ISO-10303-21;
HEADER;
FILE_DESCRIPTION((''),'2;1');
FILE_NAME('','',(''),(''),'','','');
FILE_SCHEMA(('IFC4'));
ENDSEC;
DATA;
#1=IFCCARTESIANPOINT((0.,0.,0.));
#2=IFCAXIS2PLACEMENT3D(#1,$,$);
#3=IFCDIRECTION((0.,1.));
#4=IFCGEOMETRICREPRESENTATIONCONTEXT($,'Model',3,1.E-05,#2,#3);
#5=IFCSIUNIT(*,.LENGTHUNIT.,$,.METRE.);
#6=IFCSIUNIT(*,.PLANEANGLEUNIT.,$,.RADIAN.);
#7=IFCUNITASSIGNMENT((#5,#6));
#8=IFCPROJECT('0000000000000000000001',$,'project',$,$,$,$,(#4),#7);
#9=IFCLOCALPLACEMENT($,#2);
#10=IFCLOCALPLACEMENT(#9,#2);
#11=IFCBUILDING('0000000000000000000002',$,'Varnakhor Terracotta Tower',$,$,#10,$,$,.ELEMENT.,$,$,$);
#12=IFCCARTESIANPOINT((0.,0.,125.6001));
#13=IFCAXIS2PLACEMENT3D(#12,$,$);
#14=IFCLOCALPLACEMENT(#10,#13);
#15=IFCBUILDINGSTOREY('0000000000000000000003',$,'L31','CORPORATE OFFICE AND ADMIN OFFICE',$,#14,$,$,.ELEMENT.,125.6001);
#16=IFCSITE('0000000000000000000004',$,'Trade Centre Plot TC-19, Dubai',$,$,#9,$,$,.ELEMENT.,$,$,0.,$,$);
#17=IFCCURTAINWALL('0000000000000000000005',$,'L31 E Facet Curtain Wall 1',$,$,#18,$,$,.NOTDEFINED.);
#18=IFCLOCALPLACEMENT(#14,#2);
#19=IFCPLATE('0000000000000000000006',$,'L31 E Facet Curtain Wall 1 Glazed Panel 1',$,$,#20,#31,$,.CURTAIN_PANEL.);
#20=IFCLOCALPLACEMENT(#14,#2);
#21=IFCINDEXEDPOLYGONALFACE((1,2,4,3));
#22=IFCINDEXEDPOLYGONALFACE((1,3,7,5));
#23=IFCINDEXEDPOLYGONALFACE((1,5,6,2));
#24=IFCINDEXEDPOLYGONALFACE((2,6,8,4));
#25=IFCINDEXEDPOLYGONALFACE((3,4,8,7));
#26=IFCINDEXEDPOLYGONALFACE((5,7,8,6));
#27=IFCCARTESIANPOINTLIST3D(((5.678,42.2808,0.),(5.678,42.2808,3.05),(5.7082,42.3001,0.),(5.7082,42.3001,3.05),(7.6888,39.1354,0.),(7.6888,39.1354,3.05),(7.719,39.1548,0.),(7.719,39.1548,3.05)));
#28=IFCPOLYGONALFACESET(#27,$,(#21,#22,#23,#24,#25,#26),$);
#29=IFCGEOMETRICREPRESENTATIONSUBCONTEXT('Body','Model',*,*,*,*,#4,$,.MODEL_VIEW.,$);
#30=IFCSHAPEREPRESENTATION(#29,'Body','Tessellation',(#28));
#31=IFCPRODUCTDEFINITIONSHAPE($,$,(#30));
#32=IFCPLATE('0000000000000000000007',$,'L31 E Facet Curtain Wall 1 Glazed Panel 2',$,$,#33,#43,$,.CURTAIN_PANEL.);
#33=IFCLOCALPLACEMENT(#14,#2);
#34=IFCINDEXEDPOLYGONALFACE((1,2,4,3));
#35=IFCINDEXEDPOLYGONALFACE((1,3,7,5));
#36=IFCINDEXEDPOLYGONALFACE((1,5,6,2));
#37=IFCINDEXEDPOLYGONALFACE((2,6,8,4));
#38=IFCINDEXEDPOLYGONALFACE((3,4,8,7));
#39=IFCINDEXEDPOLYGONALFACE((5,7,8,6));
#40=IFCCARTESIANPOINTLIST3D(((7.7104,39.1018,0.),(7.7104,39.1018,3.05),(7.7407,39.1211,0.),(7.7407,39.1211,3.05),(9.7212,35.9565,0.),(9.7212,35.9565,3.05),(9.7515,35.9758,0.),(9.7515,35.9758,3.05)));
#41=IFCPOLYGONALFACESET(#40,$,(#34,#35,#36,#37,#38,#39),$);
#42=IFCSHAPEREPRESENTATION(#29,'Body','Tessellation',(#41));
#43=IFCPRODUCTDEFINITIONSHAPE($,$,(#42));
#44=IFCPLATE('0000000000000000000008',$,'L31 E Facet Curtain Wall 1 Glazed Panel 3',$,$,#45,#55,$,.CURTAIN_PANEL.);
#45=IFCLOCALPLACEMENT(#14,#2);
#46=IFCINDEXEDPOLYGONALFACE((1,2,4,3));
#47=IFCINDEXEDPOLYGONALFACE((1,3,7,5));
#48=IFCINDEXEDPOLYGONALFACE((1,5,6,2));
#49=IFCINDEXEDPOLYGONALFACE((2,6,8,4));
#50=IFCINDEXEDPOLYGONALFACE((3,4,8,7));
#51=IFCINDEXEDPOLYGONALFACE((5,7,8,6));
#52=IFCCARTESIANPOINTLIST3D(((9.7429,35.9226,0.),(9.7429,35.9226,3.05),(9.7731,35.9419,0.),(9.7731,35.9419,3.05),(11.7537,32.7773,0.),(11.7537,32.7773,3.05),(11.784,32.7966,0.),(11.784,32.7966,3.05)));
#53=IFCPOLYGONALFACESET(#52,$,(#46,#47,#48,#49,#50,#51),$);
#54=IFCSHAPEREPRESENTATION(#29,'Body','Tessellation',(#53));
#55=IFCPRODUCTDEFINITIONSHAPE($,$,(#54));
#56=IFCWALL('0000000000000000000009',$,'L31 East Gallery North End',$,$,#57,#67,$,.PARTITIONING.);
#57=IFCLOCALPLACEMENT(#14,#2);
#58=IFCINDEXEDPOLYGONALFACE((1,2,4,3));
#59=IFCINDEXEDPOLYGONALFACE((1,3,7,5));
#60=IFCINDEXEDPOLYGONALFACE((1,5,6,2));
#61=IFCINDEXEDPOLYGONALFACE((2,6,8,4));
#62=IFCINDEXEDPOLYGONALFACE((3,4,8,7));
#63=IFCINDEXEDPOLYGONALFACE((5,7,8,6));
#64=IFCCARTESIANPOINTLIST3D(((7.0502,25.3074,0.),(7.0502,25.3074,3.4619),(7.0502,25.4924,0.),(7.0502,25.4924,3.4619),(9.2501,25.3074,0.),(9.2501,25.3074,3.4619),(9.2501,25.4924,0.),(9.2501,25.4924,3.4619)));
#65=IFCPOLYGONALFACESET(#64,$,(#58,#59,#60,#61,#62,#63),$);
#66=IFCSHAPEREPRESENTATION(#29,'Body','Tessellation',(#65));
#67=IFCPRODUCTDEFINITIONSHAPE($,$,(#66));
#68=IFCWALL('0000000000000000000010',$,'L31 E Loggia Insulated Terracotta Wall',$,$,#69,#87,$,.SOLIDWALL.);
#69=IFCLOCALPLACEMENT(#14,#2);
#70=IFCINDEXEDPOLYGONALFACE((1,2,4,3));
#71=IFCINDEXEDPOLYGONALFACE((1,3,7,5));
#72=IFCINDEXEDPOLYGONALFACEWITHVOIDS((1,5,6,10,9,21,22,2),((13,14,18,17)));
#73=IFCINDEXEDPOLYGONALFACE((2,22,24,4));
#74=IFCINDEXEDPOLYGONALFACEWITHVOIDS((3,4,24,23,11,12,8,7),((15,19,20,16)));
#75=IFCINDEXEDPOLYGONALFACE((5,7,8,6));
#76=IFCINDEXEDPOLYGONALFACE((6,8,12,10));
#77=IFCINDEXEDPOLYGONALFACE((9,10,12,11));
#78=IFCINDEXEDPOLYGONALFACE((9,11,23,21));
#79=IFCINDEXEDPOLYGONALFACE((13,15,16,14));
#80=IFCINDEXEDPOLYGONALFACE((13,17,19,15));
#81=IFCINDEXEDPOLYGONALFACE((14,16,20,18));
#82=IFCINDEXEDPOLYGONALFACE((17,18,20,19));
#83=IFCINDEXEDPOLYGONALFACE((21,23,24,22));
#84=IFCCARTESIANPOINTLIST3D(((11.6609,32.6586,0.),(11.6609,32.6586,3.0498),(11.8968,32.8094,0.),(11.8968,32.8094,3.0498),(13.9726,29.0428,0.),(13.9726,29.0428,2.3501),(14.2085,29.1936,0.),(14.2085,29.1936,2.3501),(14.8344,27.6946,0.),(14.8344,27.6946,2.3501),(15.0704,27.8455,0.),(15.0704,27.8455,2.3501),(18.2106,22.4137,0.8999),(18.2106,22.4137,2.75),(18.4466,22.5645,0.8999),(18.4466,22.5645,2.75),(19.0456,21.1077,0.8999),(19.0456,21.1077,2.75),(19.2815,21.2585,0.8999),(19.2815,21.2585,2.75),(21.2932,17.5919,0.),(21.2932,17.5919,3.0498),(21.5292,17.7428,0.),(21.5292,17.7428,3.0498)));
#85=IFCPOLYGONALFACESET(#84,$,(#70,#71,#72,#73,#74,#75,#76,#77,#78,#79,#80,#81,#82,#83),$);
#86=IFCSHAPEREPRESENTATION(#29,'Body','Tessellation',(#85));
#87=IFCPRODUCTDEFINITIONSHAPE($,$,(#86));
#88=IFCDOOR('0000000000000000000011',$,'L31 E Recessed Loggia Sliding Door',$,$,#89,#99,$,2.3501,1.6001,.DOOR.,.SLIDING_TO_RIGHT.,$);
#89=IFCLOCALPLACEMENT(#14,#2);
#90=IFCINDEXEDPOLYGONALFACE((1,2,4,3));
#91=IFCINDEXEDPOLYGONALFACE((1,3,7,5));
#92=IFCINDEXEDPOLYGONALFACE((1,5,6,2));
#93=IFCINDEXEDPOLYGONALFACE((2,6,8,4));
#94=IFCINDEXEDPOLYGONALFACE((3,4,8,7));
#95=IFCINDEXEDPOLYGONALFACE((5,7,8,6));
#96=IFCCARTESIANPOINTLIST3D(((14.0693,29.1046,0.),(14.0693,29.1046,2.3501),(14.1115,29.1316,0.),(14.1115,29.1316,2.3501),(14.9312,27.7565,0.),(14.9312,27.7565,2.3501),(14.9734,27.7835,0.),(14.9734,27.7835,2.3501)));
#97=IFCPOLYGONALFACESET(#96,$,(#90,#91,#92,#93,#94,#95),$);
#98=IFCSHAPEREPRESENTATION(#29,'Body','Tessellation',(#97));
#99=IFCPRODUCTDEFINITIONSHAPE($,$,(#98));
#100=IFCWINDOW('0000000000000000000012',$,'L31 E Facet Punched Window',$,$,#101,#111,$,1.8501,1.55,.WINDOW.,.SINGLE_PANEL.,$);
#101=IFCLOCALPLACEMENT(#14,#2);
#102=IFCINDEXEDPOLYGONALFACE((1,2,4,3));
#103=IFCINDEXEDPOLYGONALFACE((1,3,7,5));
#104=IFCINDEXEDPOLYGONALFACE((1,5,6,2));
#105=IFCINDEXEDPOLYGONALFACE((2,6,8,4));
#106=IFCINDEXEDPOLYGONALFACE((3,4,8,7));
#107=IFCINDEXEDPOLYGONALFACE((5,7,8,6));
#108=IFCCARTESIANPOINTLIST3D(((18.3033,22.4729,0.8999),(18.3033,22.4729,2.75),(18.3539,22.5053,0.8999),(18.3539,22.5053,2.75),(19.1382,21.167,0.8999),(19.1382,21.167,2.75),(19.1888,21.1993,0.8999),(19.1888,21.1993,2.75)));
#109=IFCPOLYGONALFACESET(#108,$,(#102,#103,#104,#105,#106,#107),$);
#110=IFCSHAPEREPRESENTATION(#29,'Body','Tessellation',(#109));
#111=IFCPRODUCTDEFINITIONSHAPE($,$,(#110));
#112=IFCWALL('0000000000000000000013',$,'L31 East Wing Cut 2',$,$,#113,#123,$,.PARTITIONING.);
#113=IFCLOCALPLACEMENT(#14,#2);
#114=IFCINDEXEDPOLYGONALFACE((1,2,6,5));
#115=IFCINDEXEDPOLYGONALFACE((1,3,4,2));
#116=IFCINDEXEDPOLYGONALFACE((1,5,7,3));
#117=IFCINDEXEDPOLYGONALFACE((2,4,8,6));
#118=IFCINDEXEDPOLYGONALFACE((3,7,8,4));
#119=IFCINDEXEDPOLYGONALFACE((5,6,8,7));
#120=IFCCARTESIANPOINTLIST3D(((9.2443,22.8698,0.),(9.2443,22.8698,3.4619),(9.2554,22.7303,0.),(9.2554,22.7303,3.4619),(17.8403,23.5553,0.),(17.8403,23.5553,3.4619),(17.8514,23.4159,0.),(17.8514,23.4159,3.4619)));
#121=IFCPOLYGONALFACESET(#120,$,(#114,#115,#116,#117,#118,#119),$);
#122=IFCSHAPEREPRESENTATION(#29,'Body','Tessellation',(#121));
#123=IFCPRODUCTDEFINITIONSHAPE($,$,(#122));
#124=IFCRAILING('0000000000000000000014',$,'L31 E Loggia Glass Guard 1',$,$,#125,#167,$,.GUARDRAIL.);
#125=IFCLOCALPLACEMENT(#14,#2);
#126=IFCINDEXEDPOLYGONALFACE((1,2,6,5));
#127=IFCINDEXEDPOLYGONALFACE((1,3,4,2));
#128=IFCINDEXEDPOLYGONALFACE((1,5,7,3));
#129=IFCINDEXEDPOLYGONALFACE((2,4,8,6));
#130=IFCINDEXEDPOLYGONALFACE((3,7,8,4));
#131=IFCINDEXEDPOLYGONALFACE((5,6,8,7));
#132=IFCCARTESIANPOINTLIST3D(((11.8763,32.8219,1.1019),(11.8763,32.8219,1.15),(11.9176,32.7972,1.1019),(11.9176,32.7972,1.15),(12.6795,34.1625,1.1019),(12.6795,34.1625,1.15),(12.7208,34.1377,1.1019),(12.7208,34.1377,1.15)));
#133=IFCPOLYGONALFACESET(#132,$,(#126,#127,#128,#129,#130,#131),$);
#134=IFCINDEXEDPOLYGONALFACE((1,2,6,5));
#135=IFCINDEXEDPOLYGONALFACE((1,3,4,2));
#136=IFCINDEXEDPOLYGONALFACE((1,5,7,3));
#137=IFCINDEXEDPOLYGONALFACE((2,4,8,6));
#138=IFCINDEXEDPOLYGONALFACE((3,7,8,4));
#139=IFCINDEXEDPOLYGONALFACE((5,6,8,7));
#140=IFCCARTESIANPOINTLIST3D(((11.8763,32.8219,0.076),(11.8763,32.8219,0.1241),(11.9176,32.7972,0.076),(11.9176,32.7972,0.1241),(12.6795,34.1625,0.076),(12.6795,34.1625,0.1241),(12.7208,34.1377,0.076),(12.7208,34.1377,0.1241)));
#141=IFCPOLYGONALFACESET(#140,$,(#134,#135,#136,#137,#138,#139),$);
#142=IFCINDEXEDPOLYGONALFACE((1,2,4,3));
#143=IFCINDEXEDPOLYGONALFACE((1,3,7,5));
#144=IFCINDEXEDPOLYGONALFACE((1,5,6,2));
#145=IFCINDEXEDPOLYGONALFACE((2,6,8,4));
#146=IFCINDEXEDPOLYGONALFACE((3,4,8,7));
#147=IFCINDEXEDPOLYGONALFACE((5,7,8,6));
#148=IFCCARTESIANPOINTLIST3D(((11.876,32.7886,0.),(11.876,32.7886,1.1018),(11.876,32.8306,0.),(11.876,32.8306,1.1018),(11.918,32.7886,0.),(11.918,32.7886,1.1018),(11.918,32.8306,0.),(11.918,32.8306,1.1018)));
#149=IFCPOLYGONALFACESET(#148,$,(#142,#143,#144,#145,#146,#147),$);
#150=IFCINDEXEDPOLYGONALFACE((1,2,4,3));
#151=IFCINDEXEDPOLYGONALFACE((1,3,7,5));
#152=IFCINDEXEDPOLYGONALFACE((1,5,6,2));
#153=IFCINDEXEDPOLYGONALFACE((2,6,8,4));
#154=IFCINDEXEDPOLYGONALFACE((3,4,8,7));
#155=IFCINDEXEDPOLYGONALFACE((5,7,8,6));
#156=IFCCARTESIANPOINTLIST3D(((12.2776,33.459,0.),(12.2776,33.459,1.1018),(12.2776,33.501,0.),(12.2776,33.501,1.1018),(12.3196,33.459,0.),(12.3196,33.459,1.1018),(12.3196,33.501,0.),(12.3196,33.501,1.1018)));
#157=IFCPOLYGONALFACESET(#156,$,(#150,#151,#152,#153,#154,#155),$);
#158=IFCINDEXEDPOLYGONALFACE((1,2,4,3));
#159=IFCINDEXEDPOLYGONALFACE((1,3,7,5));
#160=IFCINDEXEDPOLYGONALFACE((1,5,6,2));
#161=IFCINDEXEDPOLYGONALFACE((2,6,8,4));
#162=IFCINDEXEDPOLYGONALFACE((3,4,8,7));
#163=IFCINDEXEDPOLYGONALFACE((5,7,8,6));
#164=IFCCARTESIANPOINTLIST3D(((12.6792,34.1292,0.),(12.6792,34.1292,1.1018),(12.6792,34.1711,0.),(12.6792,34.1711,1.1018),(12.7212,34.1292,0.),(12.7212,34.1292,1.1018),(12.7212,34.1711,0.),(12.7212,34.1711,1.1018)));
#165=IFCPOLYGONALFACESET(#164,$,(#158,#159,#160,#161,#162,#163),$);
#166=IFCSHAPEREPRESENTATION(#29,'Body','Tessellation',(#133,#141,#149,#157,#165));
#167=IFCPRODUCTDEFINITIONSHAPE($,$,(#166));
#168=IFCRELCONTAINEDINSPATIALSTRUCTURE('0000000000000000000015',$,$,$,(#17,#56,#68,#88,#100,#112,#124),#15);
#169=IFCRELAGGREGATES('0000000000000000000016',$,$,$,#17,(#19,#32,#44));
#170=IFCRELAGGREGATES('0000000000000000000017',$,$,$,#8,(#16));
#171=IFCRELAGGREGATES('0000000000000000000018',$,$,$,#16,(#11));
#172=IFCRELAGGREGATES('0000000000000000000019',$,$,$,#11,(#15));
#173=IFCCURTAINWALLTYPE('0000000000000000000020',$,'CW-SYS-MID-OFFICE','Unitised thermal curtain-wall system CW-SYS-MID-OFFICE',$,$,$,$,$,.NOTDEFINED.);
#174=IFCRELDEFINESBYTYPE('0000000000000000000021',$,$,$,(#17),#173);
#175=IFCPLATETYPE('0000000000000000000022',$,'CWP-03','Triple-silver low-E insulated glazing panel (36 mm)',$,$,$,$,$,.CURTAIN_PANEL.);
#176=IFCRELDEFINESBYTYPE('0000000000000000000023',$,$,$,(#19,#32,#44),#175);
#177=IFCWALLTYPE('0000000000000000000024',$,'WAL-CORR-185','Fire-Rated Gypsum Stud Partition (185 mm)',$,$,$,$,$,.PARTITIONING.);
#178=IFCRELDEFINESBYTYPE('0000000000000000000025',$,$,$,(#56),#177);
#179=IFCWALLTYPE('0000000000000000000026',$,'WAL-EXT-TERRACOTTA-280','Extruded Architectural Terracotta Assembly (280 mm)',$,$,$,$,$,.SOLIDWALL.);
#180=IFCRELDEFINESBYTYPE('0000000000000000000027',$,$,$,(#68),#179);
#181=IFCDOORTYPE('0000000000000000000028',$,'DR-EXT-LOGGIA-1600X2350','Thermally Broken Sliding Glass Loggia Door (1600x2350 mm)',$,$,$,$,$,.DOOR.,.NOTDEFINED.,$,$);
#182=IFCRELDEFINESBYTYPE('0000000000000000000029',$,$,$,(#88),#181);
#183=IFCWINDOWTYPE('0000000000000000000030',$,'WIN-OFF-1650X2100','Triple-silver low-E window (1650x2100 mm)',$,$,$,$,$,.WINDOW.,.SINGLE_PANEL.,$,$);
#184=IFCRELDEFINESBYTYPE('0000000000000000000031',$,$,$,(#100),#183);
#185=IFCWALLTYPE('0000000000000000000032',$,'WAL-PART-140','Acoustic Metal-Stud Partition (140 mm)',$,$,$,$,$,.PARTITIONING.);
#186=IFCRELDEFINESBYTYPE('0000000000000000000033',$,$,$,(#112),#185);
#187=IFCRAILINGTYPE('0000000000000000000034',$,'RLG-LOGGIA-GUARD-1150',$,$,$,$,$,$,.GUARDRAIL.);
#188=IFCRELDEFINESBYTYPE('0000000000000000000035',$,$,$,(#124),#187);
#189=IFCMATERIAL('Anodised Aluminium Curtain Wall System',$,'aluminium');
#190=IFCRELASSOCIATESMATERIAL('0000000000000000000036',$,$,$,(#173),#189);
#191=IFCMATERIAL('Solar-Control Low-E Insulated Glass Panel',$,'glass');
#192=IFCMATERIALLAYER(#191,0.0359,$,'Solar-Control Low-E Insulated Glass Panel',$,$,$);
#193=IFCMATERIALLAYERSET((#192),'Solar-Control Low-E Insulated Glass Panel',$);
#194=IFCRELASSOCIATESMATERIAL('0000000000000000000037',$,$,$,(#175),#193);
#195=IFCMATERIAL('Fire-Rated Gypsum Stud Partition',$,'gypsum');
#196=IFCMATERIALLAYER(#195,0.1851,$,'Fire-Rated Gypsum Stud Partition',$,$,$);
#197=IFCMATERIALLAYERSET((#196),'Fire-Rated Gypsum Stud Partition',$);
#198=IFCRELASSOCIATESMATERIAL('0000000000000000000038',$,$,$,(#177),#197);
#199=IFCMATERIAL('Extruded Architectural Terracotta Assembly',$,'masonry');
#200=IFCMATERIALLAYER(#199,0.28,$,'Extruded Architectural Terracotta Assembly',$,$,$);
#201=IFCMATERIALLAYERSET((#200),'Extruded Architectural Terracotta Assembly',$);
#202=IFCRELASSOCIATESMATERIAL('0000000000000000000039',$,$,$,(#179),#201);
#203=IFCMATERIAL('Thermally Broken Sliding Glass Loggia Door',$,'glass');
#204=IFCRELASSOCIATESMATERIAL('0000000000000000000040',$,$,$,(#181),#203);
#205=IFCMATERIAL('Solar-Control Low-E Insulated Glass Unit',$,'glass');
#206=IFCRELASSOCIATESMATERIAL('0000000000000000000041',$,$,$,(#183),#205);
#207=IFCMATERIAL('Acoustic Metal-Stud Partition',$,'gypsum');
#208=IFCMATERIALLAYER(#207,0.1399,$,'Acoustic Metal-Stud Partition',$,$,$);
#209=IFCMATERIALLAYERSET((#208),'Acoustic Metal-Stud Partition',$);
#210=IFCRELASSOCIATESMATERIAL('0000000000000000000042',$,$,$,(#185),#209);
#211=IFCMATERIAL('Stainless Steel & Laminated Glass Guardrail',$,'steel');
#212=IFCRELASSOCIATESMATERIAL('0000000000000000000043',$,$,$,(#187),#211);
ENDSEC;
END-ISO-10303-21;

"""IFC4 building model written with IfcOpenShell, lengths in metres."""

from ifc_helpers import new_model, si_unit, direction, frame, frame_2d, origin, origin_2d, place, context, subcontext, project, spatial, rectangle, extrude, source, transform, mapped, material, layer, layer_set, type_object, type_shapes, element, fill, aggregate, save


model = new_model("IFC4")

# Units and contexts
model_context = context("Model", 3, precision=1e-05, world=origin(), true_north=direction((0.0, 1.0)))
body_context = subcontext(model_context, "Body", "Model", "MODEL_VIEW")
ifc_project = project(units=[si_unit("LENGTHUNIT", "METRE"), si_unit("PLANEANGLEUNIT", "RADIAN")], contexts=[model_context])

# Site, building, storey
site_placement = place(None, origin())
site = spatial("IfcSite", under=ifc_project, at=site_placement, Name="Trade Centre Plot TC-19, Dubai", CompositionType="ELEMENT", RefElevation=0.0)
building_placement = place(site_placement, origin())
building = spatial("IfcBuilding", under=site, at=building_placement, Name="Varnakhor Terracotta Tower", CompositionType="ELEMENT")
storey_placement = place(building_placement, frame((0.0, 0.0, 125.6001)))
storey = spatial("IfcBuildingStorey", under=building, at=storey_placement, Name="L31", Description="CORPORATE OFFICE AND ADMIN OFFICE", CompositionType="ELEMENT", Elevation=125.6001)

# Curtain wall
ifc_material_1 = material(Name="Anodised Aluminium Curtain Wall System", Category="aluminium")
curtain_wall_type = type_object("IfcCurtainWallType", Name="CW-SYS-MID-OFFICE", Description="Unitised thermal curtain-wall system CW-SYS-MID-OFFICE", PredefinedType="NOTDEFINED", material=ifc_material_1)
curtain_wall_1_placement = place(storey_placement, origin())
curtain_wall_1 = element("IfcCurtainWall", 1, at=curtain_wall_1_placement, inside=storey, type_object=curtain_wall_type, Name="L31 E Facet Curtain Wall 1", PredefinedType="NOTDEFINED")

# Plates
ifc_material_2 = material(Name="Solar-Control Low-E Insulated Glass Panel", Category="glass")
ifc_layer_1 = layer(ifc_material_2, 0.0359, Name="Solar-Control Low-E Insulated Glass Panel")
ifc_layer_set_1 = layer_set([ifc_layer_1], Name="Solar-Control Low-E Insulated Glass Panel")
plate_type = type_object("IfcPlateType", Name="CWP-03", Description="Triple-silver low-E insulated glazing panel (36 mm)", PredefinedType="CURTAIN_PANEL", material=ifc_layer_set_1)
shared_shape_1 = source(origin(), body_context, "Body", "SweptSolid", [
    extrude(rectangle(XDim=3.7332, YDim=0.0359, at=origin_2d()), origin(), (0.0, 0.0, 1.0), 3.05),
])
plate_1_placement = place(storey_placement, frame((6.6985, 40.7178, 0.0), z_axis=(0.0, 0.0, 1.0), x_axis=(0.538638, -0.842537, 0.0)))
plate_1 = element("IfcPlate", 2, at=plate_1_placement, type_object=plate_type, Name="L31 E Facet Curtain Wall 1 Glazed Panel 1", PredefinedType="CURTAIN_PANEL", context=body_context, shape_type="MappedRepresentation", body=[
    mapped(shared_shape_1, transform((0.0, 0.0, 0.0), scale=1.0)),
])
plate_2_placement = place(storey_placement, frame((8.731, 37.5388, 0.0), z_axis=(0.0, 0.0, 1.0), x_axis=(0.538638, -0.842537, 0.0)))
plate_2 = element("IfcPlate", 3, at=plate_2_placement, type_object=plate_type, Name="L31 E Facet Curtain Wall 1 Glazed Panel 2", PredefinedType="CURTAIN_PANEL", context=body_context, shape_type="MappedRepresentation", body=[
    mapped(shared_shape_1, transform((0.0, 0.0, 0.0), scale=1.0)),
])
plate_3_placement = place(storey_placement, frame((10.7634, 34.3596, 0.0), z_axis=(0.0, 0.0, 1.0), x_axis=(0.538638, -0.842537, 0.0)))
plate_3 = element("IfcPlate", 4, at=plate_3_placement, type_object=plate_type, Name="L31 E Facet Curtain Wall 1 Glazed Panel 3", PredefinedType="CURTAIN_PANEL", context=body_context, shape_type="MappedRepresentation", body=[
    mapped(shared_shape_1, transform((0.0, 0.0, 0.0), scale=1.0)),
])
aggregate(curtain_wall_1, [plate_1, plate_2, plate_3])

# Wall
ifc_material_3 = material(Name="Fire-Rated Gypsum Stud Partition", Category="gypsum")
ifc_layer_2 = layer(ifc_material_3, 0.1851, Name="Fire-Rated Gypsum Stud Partition")
ifc_layer_set_2 = layer_set([ifc_layer_2], Name="Fire-Rated Gypsum Stud Partition")
wall_type_1 = type_object("IfcWallType", Name="WAL-CORR-185", Description="Fire-Rated Gypsum Stud Partition (185 mm)", PredefinedType="PARTITIONING", material=ifc_layer_set_2)
wall_1_placement = place(storey_placement, frame((7.05, 25.3999, 0.0), z_axis=(0.0, 0.0, 1.0), x_axis=(1.0, 0.0, 0.0)))
element("IfcWall", 5, at=wall_1_placement, inside=storey, type_object=wall_type_1, Name="L31 East Gallery North End", PredefinedType="PARTITIONING", context=body_context, shape_type="SweptSolid", body=[
    extrude(rectangle(XDim=2.2, YDim=0.1851, at=frame_2d((1.1001, 0.0))), origin(), (0.0, 0.0, 1.0), 3.4619),
])

# Wall, openings, door, window
ifc_material_4 = material(Name="Extruded Architectural Terracotta Assembly", Category="masonry")
ifc_layer_3 = layer(ifc_material_4, 0.28, Name="Extruded Architectural Terracotta Assembly")
ifc_layer_set_3 = layer_set([ifc_layer_3], Name="Extruded Architectural Terracotta Assembly")
wall_type_2 = type_object("IfcWallType", Name="WAL-EXT-TERRACOTTA-280", Description="Extruded Architectural Terracotta Assembly (280 mm)", PredefinedType="SOLIDWALL", material=ifc_layer_set_3)
wall_2_placement = place(storey_placement, frame((11.7788, 32.7341, 0.0), z_axis=(0.0, 0.0, 1.0), x_axis=(0.538644, -0.842534, 0.0)))
wall_2 = element("IfcWall", 6, at=wall_2_placement, inside=storey, type_object=wall_type_2, Name="L31 E Loggia Insulated Terracotta Wall", PredefinedType="SOLIDWALL", context=body_context, shape_type="SweptSolid", body=[
    extrude(rectangle(XDim=17.8826, YDim=0.28, at=frame_2d((8.9414, 0.0))), origin(), (0.0, 0.0, 1.0), 3.0498),
])
opening_1_placement = place(wall_2_placement, frame((4.2917, 0.0, 0.0)))
opening_1 = element("IfcOpeningElement", 7, at=opening_1_placement, cuts=wall_2, PredefinedType="OPENING", context=body_context, shape_type="SweptSolid", body=[
    extrude(rectangle(XDim=1.6001, YDim=2.3501, at=frame_2d((0.8, 1.175))), frame((0.0, 0.1499, 0.0), z_axis=(0.0, -1.0, 0.0), x_axis=(1.0, 0.0, 0.0)), (0.0, 0.0, 1.0), 0.3),
])
opening_2_placement = place(wall_2_placement, frame((12.1599, 0.0, 0.8999)))
opening_2 = element("IfcOpeningElement", 8, at=opening_2_placement, cuts=wall_2, PredefinedType="OPENING", context=body_context, shape_type="SweptSolid", body=[
    extrude(rectangle(XDim=1.55, YDim=1.8501, at=frame_2d((0.7749, 0.925))), frame((0.0, 0.1499, 0.0), z_axis=(0.0, -1.0, 0.0), x_axis=(1.0, 0.0, 0.0)), (0.0, 0.0, 1.0), 0.3),
])
ifc_material_5 = material(Name="Thermally Broken Sliding Glass Loggia Door", Category="glass")
door_type = type_object("IfcDoorType", Name="DR-EXT-LOGGIA-1600X2350", Description="Thermally Broken Sliding Glass Loggia Door (1600x2350 mm)", OperationType="NOTDEFINED", PredefinedType="DOOR", material=ifc_material_5)
shared_shape_2 = source(origin(), body_context, "Body", "SweptSolid", [
    extrude(rectangle(XDim=1.6001, YDim=2.3501, at=frame_2d((0.8, 1.175))), frame((0.0, 0.0249, 0.0), z_axis=(0.0, -1.0, 0.0), x_axis=(1.0, 0.0, 0.0)), (0.0, 0.0, 1.0), 0.05),
])
type_shapes(door_type, [shared_shape_2])
door_placement = place(opening_1_placement, origin())
door = element("IfcDoor", 9, at=door_placement, inside=storey, type_object=door_type, Name="L31 E Recessed Loggia Sliding Door", OperationType="SLIDING_TO_RIGHT", OverallHeight=2.3501, OverallWidth=1.6001, PredefinedType="DOOR", context=body_context, shape_type="MappedRepresentation", body=[
    mapped(shared_shape_2, transform((0.0, 0.0, 0.0), scale=1.0)),
])
fill(opening_1, door)
ifc_material_6 = material(Name="Solar-Control Low-E Insulated Glass Unit", Category="glass")
window_type = type_object("IfcWindowType", Name="WIN-OFF-1650X2100", Description="Triple-silver low-E window (1650x2100 mm)", PartitioningType="SINGLE_PANEL", PredefinedType="WINDOW", material=ifc_material_6)
shared_shape_3 = source(origin(), body_context, "Body", "SweptSolid", [
    extrude(rectangle(XDim=1.55, YDim=1.8501, at=frame_2d((0.7749, 0.925))), frame((0.0, 0.03, 0.0), z_axis=(0.0, -1.0, 0.0), x_axis=(1.0, 0.0, 0.0)), (0.0, 0.0, 1.0), 0.0601),
])
type_shapes(window_type, [shared_shape_3])
window_placement = place(opening_2_placement, origin())
window = element("IfcWindow", 10, at=window_placement, inside=storey, type_object=window_type, Name="L31 E Facet Punched Window", OverallHeight=1.8501, OverallWidth=1.55, PartitioningType="SINGLE_PANEL", PredefinedType="WINDOW", context=body_context, shape_type="MappedRepresentation", body=[
    mapped(shared_shape_3, transform((0.0, 0.0, 0.0), scale=1.0)),
])
fill(opening_2, window)

# Wall
ifc_material_7 = material(Name="Acoustic Metal-Stud Partition", Category="gypsum")
ifc_layer_4 = layer(ifc_material_7, 0.1399, Name="Acoustic Metal-Stud Partition")
ifc_layer_set_4 = layer_set([ifc_layer_4], Name="Acoustic Metal-Stud Partition")
wall_type_3 = type_object("IfcWallType", Name="WAL-PART-140", Description="Acoustic Metal-Stud Partition (140 mm)", PredefinedType="PARTITIONING", material=ifc_layer_set_4)
wall_3_placement = place(storey_placement, frame((9.25, 22.8, 0.0), z_axis=(0.0, 0.0, 1.0), x_axis=(0.996835, 0.0795, 0.0)))
element("IfcWall", 11, at=wall_3_placement, inside=storey, type_object=wall_type_3, Name="L31 East Wing Cut 2", PredefinedType="PARTITIONING", context=body_context, shape_type="SweptSolid", body=[
    extrude(rectangle(XDim=8.6233, YDim=0.1399, at=frame_2d((4.3115, 0.0))), origin(), (0.0, 0.0, 1.0), 3.4619),
])

# Railing
ifc_material_8 = material(Name="Stainless Steel & Laminated Glass Guardrail", Category="steel")
railing_type = type_object("IfcRailingType", Name="RLG-LOGGIA-GUARD-1150", PredefinedType="GUARDRAIL", material=ifc_material_8)
railing_1_placement = place(storey_placement, frame((11.897, 32.8096, 0.0)))
element("IfcRailing", 12, at=railing_1_placement, inside=storey, type_object=railing_type, Name="L31 E Loggia Glass Guard 1", PredefinedType="GUARDRAIL", context=body_context, shape_type="SweptSolid", body=[
    extrude(rectangle(XDim=0.0481, YDim=0.0481, at=origin_2d()), frame((0.0, 0.0, 1.126), z_axis=(0.513967, 0.85781, 0.0), x_axis=(-0.85781, 0.513967, 0.0)), (0.0, 0.0, 1.0), 1.5627),
    extrude(rectangle(XDim=0.0481, YDim=0.0481, at=origin_2d()), frame((0.0, 0.0, 0.1001), z_axis=(0.513967, 0.85781, 0.0), x_axis=(-0.85781, 0.513967, 0.0)), (0.0, 0.0, 1.0), 1.5627),
    extrude(rectangle(XDim=0.042, YDim=0.042, at=origin_2d()), origin(), (0.0, 0.0, 1.0), 1.1018),
    extrude(rectangle(XDim=0.042, YDim=0.042, at=origin_2d()), frame((0.4016, 0.6704, 0.0)), (0.0, 0.0, 1.0), 1.1018),
    extrude(rectangle(XDim=0.042, YDim=0.042, at=origin_2d()), frame((0.8032, 1.3406, 0.0)), (0.0, 0.0, 1.0), 1.1018),
])

save(model, "model.ifc")
